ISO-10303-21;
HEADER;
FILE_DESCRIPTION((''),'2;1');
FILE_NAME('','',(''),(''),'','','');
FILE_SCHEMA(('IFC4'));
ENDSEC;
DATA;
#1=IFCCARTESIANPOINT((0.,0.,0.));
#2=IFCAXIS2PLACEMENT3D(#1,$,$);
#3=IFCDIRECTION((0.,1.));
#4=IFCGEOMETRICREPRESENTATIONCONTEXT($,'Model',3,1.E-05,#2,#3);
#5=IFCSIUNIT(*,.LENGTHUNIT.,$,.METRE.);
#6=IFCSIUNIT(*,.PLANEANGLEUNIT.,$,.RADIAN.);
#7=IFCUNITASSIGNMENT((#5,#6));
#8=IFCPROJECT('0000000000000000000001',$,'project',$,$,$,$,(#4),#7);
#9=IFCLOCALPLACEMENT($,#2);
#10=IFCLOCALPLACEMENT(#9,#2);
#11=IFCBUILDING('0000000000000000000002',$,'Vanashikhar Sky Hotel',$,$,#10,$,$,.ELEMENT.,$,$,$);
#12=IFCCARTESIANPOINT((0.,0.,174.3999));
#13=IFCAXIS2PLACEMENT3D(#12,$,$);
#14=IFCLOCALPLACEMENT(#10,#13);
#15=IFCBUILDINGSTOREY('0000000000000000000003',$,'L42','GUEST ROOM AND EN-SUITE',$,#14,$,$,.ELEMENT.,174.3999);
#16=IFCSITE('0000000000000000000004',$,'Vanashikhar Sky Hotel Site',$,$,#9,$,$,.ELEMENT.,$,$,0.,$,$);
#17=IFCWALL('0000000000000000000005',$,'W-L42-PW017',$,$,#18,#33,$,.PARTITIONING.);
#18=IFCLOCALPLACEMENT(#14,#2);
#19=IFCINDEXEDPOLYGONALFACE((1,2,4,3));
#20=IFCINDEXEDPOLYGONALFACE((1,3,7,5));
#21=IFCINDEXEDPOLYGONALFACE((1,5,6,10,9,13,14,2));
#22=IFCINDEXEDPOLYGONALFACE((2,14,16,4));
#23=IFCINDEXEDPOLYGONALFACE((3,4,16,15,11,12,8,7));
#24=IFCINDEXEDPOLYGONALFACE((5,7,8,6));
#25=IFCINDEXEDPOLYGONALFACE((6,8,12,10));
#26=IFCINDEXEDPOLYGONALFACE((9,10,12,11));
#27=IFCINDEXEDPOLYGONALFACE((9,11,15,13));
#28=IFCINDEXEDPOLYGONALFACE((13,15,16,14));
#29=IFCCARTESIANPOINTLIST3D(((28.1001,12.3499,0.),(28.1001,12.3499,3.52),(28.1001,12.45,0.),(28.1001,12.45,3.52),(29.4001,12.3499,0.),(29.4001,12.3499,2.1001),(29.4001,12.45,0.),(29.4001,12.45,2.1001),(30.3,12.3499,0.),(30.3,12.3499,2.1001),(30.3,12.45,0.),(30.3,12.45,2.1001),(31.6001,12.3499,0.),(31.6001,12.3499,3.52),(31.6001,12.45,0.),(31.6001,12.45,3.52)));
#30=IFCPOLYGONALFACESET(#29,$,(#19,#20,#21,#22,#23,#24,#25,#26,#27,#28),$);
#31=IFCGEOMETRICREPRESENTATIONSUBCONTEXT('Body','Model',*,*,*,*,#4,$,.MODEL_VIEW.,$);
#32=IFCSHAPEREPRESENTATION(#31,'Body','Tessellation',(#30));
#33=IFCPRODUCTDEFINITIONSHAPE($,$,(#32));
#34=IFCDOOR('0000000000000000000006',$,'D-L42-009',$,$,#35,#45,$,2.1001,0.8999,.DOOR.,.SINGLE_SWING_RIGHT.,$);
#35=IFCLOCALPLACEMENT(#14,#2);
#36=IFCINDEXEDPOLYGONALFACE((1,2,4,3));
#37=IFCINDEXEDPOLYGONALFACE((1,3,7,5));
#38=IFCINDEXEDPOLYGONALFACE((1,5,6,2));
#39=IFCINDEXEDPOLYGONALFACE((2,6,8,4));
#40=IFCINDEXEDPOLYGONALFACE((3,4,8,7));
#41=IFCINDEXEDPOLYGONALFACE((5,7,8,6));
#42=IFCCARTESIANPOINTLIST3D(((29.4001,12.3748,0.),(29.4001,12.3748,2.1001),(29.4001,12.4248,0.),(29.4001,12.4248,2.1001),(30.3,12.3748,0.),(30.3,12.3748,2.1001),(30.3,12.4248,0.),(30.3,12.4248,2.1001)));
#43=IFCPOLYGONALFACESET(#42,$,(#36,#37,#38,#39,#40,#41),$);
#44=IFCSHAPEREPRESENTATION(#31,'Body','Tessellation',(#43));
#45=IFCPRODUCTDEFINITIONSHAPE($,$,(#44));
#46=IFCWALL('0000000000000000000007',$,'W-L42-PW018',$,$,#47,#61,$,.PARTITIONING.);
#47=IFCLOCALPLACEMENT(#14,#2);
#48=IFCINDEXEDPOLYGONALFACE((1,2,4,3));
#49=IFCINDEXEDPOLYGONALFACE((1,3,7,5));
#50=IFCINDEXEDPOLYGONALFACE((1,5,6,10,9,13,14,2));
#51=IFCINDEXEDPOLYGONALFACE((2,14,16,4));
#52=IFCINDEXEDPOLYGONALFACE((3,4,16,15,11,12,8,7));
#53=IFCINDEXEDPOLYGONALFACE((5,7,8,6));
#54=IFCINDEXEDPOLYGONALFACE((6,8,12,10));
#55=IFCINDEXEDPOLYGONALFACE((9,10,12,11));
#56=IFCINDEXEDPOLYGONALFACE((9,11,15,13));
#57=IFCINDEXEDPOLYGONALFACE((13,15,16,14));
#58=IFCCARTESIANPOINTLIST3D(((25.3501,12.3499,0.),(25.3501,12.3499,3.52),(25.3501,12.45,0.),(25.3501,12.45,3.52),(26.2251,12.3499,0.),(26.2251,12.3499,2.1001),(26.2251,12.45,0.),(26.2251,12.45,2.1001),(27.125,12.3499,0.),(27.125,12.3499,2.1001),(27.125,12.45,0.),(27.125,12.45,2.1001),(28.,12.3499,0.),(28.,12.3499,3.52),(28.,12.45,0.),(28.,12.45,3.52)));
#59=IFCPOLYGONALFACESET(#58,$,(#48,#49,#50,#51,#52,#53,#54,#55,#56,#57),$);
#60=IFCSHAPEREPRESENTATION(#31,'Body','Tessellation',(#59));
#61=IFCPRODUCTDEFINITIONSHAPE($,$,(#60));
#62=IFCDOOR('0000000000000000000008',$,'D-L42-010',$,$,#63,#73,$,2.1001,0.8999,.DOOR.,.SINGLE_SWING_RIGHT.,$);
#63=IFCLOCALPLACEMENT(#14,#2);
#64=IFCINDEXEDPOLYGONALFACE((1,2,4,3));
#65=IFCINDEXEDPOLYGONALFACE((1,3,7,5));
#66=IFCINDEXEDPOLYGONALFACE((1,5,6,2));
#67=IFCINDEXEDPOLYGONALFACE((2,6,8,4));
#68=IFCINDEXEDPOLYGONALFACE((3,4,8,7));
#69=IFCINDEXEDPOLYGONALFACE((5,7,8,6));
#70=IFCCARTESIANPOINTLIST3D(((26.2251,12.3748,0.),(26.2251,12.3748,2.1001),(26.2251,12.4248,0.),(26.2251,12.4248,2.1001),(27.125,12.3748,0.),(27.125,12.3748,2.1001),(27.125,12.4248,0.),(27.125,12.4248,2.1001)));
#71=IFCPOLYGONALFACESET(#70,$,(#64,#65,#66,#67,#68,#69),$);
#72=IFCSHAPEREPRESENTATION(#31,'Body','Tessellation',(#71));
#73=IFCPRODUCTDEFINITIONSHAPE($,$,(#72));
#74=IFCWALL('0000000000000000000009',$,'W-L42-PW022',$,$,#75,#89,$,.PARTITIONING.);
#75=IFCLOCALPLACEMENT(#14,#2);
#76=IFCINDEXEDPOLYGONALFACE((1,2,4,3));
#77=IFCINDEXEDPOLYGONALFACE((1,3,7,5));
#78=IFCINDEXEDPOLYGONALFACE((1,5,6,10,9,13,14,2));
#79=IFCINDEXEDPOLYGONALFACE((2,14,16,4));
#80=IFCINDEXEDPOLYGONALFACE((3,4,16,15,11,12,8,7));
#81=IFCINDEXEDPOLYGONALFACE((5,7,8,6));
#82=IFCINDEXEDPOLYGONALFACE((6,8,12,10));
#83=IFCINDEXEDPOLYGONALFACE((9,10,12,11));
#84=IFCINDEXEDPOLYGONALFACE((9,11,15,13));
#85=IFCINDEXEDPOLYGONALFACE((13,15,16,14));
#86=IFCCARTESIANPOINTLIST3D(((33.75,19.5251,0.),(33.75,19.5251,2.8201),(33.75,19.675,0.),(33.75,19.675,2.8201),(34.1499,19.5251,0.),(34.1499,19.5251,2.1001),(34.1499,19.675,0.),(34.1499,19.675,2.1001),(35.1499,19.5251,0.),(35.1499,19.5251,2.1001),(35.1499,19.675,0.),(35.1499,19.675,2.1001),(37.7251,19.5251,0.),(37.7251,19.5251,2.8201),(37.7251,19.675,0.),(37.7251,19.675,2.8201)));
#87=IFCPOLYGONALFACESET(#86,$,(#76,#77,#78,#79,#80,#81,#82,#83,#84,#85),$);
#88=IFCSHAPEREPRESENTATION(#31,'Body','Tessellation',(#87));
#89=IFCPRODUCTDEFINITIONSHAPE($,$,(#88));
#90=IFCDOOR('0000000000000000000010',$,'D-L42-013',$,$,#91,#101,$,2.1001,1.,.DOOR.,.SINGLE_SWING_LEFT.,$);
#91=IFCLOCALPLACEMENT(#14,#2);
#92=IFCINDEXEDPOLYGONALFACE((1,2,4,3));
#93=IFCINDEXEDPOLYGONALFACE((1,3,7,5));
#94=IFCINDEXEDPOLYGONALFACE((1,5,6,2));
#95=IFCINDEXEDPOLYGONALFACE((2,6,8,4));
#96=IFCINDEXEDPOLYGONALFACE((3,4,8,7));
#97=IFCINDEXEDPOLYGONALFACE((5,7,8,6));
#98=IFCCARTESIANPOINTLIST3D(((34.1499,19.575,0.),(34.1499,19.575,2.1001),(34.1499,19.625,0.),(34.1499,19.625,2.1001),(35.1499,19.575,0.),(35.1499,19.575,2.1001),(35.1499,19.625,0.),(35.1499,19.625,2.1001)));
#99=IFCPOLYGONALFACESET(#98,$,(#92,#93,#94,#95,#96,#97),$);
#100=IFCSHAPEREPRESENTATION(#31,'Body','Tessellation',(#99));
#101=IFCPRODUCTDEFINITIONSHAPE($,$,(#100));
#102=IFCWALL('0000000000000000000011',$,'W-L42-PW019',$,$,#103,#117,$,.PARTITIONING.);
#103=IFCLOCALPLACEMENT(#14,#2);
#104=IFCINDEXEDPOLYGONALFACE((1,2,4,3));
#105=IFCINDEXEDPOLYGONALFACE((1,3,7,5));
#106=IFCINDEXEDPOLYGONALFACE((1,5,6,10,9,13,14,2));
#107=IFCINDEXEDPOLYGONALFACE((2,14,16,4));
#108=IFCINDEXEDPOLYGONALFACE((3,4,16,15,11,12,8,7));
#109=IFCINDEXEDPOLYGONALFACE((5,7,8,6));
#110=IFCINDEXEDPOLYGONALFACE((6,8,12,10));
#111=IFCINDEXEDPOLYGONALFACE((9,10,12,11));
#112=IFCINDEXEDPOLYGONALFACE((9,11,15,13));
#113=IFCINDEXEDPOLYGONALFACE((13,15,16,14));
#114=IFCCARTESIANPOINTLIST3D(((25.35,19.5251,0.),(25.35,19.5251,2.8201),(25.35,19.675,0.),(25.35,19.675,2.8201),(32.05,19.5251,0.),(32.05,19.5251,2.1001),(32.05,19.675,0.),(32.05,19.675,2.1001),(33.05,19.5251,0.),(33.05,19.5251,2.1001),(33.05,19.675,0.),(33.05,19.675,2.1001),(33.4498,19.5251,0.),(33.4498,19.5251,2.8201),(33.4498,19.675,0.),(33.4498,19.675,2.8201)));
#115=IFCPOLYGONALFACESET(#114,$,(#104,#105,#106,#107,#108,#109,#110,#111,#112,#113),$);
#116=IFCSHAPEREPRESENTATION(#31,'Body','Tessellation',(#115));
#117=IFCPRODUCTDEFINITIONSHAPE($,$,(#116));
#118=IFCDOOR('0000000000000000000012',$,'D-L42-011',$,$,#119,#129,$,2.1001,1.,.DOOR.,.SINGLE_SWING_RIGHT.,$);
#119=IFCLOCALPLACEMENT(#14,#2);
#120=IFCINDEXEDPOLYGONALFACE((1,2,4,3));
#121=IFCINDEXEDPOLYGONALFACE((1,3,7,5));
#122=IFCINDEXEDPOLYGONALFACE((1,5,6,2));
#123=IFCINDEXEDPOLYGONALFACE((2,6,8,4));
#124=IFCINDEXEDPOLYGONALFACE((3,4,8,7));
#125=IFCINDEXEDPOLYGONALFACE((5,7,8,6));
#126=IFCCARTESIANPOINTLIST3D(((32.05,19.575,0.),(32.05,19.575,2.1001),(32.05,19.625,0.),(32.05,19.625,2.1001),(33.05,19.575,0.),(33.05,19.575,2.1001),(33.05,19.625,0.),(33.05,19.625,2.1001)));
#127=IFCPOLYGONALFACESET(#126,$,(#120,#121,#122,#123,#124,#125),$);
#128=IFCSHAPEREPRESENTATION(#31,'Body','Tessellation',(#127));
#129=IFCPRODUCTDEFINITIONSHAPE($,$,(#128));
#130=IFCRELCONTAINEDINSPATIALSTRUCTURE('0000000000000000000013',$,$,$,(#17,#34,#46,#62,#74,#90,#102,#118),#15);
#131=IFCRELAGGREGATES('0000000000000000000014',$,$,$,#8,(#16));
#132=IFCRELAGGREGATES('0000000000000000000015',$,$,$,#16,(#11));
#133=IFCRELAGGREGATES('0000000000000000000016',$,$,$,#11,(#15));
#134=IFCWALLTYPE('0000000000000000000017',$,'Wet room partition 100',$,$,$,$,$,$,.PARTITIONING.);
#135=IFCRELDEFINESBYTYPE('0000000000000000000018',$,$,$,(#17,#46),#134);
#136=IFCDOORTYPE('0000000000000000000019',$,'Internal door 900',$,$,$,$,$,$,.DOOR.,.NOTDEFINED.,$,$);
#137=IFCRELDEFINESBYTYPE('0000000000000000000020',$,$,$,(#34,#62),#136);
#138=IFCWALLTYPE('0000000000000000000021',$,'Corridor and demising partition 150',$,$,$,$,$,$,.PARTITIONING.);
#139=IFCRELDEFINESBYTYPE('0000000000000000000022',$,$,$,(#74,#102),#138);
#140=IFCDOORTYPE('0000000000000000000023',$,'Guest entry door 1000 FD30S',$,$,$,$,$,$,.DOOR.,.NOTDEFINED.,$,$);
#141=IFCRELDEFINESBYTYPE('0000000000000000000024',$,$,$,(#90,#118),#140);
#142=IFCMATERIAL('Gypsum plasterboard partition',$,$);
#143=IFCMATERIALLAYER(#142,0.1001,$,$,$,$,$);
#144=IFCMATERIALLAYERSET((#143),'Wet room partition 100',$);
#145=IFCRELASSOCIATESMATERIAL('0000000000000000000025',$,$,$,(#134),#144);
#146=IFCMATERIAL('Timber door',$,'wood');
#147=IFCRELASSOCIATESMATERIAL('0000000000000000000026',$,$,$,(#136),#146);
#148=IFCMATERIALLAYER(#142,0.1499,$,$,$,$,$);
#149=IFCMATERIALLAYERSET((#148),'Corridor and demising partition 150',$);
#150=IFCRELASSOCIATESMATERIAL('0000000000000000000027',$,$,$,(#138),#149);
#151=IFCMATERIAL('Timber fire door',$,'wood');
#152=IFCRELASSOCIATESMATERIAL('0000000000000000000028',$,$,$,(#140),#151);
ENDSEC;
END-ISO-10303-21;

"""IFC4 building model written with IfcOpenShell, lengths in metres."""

from ifc_helpers import new_model, si_unit, direction, frame, frame_2d, origin, place, context, subcontext, project, spatial, rectangle, extrude, source, transform, mapped, material, layer, layer_set, type_object, element, fill, save


model = new_model("IFC4")

# Units and contexts
model_context = context("Model", 3, precision=1e-05, world=origin(), true_north=direction((0.0, 1.0)))
body_context = subcontext(model_context, "Body", "Model", "MODEL_VIEW")
ifc_project = project(units=[si_unit("LENGTHUNIT", "METRE"), si_unit("PLANEANGLEUNIT", "RADIAN")], contexts=[model_context])

# Site, building, storey
site_placement = place(None, origin())
site = spatial("IfcSite", under=ifc_project, at=site_placement, Name="Vanashikhar Sky Hotel Site", CompositionType="ELEMENT", RefElevation=0.0)
building_placement = place(site_placement, origin())
building = spatial("IfcBuilding", under=site, at=building_placement, Name="Vanashikhar Sky Hotel", CompositionType="ELEMENT")
storey_placement = place(building_placement, frame((0.0, 0.0, 174.3999)))
storey = spatial("IfcBuildingStorey", under=building, at=storey_placement, Name="L42", Description="GUEST ROOM AND EN-SUITE", CompositionType="ELEMENT", Elevation=174.3999)

# Shared definitions
ifc_material_1 = material(Name="Gypsum plasterboard partition")
ifc_layer_1 = layer(ifc_material_1, 0.1001)
ifc_layer_set_1 = layer_set([ifc_layer_1], Name="Wet room partition 100")
wall_type_1 = type_object("IfcWallType", Name="Wet room partition 100", PredefinedType="PARTITIONING", material=ifc_layer_set_1)

# Walls, openings, doors
shared_shape_1 = source(origin(), body_context, "Body", "SweptSolid", [
    extrude(rectangle(XDim=3.5, YDim=0.1001, at=frame_2d((1.75, 0.0))), origin(), (0.0, 0.0, 1.0), 3.52),
])
wall_1_placement = place(storey_placement, frame((28.1001, 12.3999, 0.0), z_axis=(0.0, 0.0, 1.0), x_axis=(1.0, 0.0, 0.0)))
wall_1 = element("IfcWall", 1, at=wall_1_placement, inside=storey, type_object=wall_type_1, Name="W-L42-PW017", PredefinedType="PARTITIONING", context=body_context, shape_type="MappedRepresentation", body=[
    mapped(shared_shape_1, transform((0.0, 0.0, 0.0), scale=1.0)),
])
shared_shape_2 = source(origin(), body_context, "Body", "SweptSolid", [
    extrude(rectangle(XDim=0.8999, YDim=2.1001, at=frame_2d((0.45, 1.05))), frame((0.0, 0.0601, 0.0), z_axis=(0.0, -1.0, 0.0), x_axis=(1.0, 0.0, 0.0)), (0.0, 0.0, 1.0), 0.1201),
])
opening_1_placement = place(wall_1_placement, frame((1.3, 0.0, 0.0)))
opening_1 = element("IfcOpeningElement", 2, at=opening_1_placement, cuts=wall_1, PredefinedType="OPENING", context=body_context, shape_type="MappedRepresentation", body=[
    mapped(shared_shape_2, transform((0.0, 0.0, 0.0), scale=1.0)),
])
ifc_material_2 = material(Name="Timber door", Category="wood")
door_type_1 = type_object("IfcDoorType", Name="Internal door 900", OperationType="NOTDEFINED", PredefinedType="DOOR", material=ifc_material_2)
shared_shape_3 = source(origin(), body_context, "Body", "SweptSolid", [
    extrude(rectangle(XDim=0.8999, YDim=2.1001, at=frame_2d((0.45, 1.05))), frame((0.0, 0.0249, 0.0), z_axis=(0.0, -1.0, 0.0), x_axis=(1.0, 0.0, 0.0)), (0.0, 0.0, 1.0), 0.05),
])
door_1_placement = place(opening_1_placement, origin())
door_1 = element("IfcDoor", 3, at=door_1_placement, inside=storey, type_object=door_type_1, Name="D-L42-009", OperationType="SINGLE_SWING_RIGHT", OverallHeight=2.1001, OverallWidth=0.8999, PredefinedType="DOOR", context=body_context, shape_type="MappedRepresentation", body=[
    mapped(shared_shape_3, transform((0.0, 0.0, 0.0), scale=1.0)),
])
fill(opening_1, door_1)
shared_shape_4 = source(origin(), body_context, "Body", "SweptSolid", [
    extrude(rectangle(XDim=2.6499, YDim=0.1001, at=frame_2d((1.325, 0.0))), origin(), (0.0, 0.0, 1.0), 3.52),
])
wall_2_placement = place(storey_placement, frame((25.3501, 12.3999, 0.0), z_axis=(0.0, 0.0, 1.0), x_axis=(1.0, 0.0, 0.0)))
wall_2 = element("IfcWall", 4, at=wall_2_placement, inside=storey, type_object=wall_type_1, Name="W-L42-PW018", PredefinedType="PARTITIONING", context=body_context, shape_type="MappedRepresentation", body=[
    mapped(shared_shape_4, transform((0.0, 0.0, 0.0), scale=1.0)),
])
opening_2_placement = place(wall_2_placement, frame((0.875, 0.0, 0.0)))
opening_2 = element("IfcOpeningElement", 5, at=opening_2_placement, cuts=wall_2, PredefinedType="OPENING", context=body_context, shape_type="MappedRepresentation", body=[
    mapped(shared_shape_2, transform((0.0, 0.0, 0.0), scale=1.0)),
])
door_2_placement = place(opening_2_placement, origin())
door_2 = element("IfcDoor", 6, at=door_2_placement, inside=storey, type_object=door_type_1, Name="D-L42-010", OperationType="SINGLE_SWING_RIGHT", OverallHeight=2.1001, OverallWidth=0.8999, PredefinedType="DOOR", context=body_context, shape_type="MappedRepresentation", body=[
    mapped(shared_shape_3, transform((0.0, 0.0, 0.0), scale=1.0)),
])
fill(opening_2, door_2)
ifc_layer_2 = layer(ifc_material_1, 0.1499)
ifc_layer_set_2 = layer_set([ifc_layer_2], Name="Corridor and demising partition 150")
wall_type_2 = type_object("IfcWallType", Name="Corridor and demising partition 150", PredefinedType="PARTITIONING", material=ifc_layer_set_2)
shared_shape_5 = source(origin(), body_context, "Body", "SweptSolid", [
    extrude(rectangle(XDim=3.9751, YDim=0.1499, at=frame_2d((1.9875, 0.0))), origin(), (0.0, 0.0, 1.0), 2.8201),
])
wall_3_placement = place(storey_placement, frame((33.75, 19.6001, 0.0), z_axis=(0.0, 0.0, 1.0), x_axis=(1.0, 0.0, 0.0)))
wall_3 = element("IfcWall", 7, at=wall_3_placement, inside=storey, type_object=wall_type_2, Name="W-L42-PW022", PredefinedType="PARTITIONING", context=body_context, shape_type="MappedRepresentation", body=[
    mapped(shared_shape_5, transform((0.0, 0.0, 0.0), scale=1.0)),
])
shared_shape_6 = source(origin(), body_context, "Body", "SweptSolid", [
    extrude(rectangle(XDim=1.0, YDim=2.1001, at=frame_2d((0.5, 1.05))), frame((0.0, 0.085, 0.0), z_axis=(0.0, -1.0, 0.0), x_axis=(1.0, 0.0, 0.0)), (0.0, 0.0, 1.0), 0.1699),
])
opening_3_placement = place(wall_3_placement, frame((0.3999, 0.0, 0.0)))
opening_3 = element("IfcOpeningElement", 8, at=opening_3_placement, cuts=wall_3, PredefinedType="OPENING", context=body_context, shape_type="MappedRepresentation", body=[
    mapped(shared_shape_6, transform((0.0, 0.0, 0.0), scale=1.0)),
])
ifc_material_3 = material(Name="Timber fire door", Category="wood")
door_type_2 = type_object("IfcDoorType", Name="Guest entry door 1000 FD30S", OperationType="NOTDEFINED", PredefinedType="DOOR", material=ifc_material_3)
shared_shape_7 = source(origin(), body_context, "Body", "SweptSolid", [
    extrude(rectangle(XDim=1.0, YDim=2.1001, at=frame_2d((0.5, 1.05))), frame((0.0, 0.0249, 0.0), z_axis=(0.0, -1.0, 0.0), x_axis=(1.0, 0.0, 0.0)), (0.0, 0.0, 1.0), 0.05),
])
door_3_placement = place(opening_3_placement, origin())
door_3 = element("IfcDoor", 9, at=door_3_placement, inside=storey, type_object=door_type_2, Name="D-L42-013", OperationType="SINGLE_SWING_LEFT", OverallHeight=2.1001, OverallWidth=1.0, PredefinedType="DOOR", context=body_context, shape_type="MappedRepresentation", body=[
    mapped(shared_shape_7, transform((0.0, 0.0, 0.0), scale=1.0)),
])
fill(opening_3, door_3)
shared_shape_8 = source(origin(), body_context, "Body", "SweptSolid", [
    extrude(rectangle(XDim=8.0999, YDim=0.1499, at=frame_2d((4.0498, 0.0))), origin(), (0.0, 0.0, 1.0), 2.8201),
])
wall_4_placement = place(storey_placement, frame((25.3501, 19.6001, 0.0), z_axis=(0.0, 0.0, 1.0), x_axis=(1.0, 0.0, 0.0)))
wall_4 = element("IfcWall", 10, at=wall_4_placement, inside=storey, type_object=wall_type_2, Name="W-L42-PW019", PredefinedType="PARTITIONING", context=body_context, shape_type="MappedRepresentation", body=[
    mapped(shared_shape_8, transform((0.0, 0.0, 0.0), scale=1.0)),
])
opening_4_placement = place(wall_4_placement, frame((6.7, 0.0, 0.0)))
opening_4 = element("IfcOpeningElement", 11, at=opening_4_placement, cuts=wall_4, PredefinedType="OPENING", context=body_context, shape_type="MappedRepresentation", body=[
    mapped(shared_shape_6, transform((0.0, 0.0, 0.0), scale=1.0)),
])
door_4_placement = place(opening_4_placement, origin())
door_4 = element("IfcDoor", 12, at=door_4_placement, inside=storey, type_object=door_type_2, Name="D-L42-011", OperationType="SINGLE_SWING_RIGHT", OverallHeight=2.1001, OverallWidth=1.0, PredefinedType="DOOR", context=body_context, shape_type="MappedRepresentation", body=[
    mapped(shared_shape_7, transform((0.0, 0.0, 0.0), scale=1.0)),
])
fill(opening_4, door_4)

save(model, "model.ifc")
